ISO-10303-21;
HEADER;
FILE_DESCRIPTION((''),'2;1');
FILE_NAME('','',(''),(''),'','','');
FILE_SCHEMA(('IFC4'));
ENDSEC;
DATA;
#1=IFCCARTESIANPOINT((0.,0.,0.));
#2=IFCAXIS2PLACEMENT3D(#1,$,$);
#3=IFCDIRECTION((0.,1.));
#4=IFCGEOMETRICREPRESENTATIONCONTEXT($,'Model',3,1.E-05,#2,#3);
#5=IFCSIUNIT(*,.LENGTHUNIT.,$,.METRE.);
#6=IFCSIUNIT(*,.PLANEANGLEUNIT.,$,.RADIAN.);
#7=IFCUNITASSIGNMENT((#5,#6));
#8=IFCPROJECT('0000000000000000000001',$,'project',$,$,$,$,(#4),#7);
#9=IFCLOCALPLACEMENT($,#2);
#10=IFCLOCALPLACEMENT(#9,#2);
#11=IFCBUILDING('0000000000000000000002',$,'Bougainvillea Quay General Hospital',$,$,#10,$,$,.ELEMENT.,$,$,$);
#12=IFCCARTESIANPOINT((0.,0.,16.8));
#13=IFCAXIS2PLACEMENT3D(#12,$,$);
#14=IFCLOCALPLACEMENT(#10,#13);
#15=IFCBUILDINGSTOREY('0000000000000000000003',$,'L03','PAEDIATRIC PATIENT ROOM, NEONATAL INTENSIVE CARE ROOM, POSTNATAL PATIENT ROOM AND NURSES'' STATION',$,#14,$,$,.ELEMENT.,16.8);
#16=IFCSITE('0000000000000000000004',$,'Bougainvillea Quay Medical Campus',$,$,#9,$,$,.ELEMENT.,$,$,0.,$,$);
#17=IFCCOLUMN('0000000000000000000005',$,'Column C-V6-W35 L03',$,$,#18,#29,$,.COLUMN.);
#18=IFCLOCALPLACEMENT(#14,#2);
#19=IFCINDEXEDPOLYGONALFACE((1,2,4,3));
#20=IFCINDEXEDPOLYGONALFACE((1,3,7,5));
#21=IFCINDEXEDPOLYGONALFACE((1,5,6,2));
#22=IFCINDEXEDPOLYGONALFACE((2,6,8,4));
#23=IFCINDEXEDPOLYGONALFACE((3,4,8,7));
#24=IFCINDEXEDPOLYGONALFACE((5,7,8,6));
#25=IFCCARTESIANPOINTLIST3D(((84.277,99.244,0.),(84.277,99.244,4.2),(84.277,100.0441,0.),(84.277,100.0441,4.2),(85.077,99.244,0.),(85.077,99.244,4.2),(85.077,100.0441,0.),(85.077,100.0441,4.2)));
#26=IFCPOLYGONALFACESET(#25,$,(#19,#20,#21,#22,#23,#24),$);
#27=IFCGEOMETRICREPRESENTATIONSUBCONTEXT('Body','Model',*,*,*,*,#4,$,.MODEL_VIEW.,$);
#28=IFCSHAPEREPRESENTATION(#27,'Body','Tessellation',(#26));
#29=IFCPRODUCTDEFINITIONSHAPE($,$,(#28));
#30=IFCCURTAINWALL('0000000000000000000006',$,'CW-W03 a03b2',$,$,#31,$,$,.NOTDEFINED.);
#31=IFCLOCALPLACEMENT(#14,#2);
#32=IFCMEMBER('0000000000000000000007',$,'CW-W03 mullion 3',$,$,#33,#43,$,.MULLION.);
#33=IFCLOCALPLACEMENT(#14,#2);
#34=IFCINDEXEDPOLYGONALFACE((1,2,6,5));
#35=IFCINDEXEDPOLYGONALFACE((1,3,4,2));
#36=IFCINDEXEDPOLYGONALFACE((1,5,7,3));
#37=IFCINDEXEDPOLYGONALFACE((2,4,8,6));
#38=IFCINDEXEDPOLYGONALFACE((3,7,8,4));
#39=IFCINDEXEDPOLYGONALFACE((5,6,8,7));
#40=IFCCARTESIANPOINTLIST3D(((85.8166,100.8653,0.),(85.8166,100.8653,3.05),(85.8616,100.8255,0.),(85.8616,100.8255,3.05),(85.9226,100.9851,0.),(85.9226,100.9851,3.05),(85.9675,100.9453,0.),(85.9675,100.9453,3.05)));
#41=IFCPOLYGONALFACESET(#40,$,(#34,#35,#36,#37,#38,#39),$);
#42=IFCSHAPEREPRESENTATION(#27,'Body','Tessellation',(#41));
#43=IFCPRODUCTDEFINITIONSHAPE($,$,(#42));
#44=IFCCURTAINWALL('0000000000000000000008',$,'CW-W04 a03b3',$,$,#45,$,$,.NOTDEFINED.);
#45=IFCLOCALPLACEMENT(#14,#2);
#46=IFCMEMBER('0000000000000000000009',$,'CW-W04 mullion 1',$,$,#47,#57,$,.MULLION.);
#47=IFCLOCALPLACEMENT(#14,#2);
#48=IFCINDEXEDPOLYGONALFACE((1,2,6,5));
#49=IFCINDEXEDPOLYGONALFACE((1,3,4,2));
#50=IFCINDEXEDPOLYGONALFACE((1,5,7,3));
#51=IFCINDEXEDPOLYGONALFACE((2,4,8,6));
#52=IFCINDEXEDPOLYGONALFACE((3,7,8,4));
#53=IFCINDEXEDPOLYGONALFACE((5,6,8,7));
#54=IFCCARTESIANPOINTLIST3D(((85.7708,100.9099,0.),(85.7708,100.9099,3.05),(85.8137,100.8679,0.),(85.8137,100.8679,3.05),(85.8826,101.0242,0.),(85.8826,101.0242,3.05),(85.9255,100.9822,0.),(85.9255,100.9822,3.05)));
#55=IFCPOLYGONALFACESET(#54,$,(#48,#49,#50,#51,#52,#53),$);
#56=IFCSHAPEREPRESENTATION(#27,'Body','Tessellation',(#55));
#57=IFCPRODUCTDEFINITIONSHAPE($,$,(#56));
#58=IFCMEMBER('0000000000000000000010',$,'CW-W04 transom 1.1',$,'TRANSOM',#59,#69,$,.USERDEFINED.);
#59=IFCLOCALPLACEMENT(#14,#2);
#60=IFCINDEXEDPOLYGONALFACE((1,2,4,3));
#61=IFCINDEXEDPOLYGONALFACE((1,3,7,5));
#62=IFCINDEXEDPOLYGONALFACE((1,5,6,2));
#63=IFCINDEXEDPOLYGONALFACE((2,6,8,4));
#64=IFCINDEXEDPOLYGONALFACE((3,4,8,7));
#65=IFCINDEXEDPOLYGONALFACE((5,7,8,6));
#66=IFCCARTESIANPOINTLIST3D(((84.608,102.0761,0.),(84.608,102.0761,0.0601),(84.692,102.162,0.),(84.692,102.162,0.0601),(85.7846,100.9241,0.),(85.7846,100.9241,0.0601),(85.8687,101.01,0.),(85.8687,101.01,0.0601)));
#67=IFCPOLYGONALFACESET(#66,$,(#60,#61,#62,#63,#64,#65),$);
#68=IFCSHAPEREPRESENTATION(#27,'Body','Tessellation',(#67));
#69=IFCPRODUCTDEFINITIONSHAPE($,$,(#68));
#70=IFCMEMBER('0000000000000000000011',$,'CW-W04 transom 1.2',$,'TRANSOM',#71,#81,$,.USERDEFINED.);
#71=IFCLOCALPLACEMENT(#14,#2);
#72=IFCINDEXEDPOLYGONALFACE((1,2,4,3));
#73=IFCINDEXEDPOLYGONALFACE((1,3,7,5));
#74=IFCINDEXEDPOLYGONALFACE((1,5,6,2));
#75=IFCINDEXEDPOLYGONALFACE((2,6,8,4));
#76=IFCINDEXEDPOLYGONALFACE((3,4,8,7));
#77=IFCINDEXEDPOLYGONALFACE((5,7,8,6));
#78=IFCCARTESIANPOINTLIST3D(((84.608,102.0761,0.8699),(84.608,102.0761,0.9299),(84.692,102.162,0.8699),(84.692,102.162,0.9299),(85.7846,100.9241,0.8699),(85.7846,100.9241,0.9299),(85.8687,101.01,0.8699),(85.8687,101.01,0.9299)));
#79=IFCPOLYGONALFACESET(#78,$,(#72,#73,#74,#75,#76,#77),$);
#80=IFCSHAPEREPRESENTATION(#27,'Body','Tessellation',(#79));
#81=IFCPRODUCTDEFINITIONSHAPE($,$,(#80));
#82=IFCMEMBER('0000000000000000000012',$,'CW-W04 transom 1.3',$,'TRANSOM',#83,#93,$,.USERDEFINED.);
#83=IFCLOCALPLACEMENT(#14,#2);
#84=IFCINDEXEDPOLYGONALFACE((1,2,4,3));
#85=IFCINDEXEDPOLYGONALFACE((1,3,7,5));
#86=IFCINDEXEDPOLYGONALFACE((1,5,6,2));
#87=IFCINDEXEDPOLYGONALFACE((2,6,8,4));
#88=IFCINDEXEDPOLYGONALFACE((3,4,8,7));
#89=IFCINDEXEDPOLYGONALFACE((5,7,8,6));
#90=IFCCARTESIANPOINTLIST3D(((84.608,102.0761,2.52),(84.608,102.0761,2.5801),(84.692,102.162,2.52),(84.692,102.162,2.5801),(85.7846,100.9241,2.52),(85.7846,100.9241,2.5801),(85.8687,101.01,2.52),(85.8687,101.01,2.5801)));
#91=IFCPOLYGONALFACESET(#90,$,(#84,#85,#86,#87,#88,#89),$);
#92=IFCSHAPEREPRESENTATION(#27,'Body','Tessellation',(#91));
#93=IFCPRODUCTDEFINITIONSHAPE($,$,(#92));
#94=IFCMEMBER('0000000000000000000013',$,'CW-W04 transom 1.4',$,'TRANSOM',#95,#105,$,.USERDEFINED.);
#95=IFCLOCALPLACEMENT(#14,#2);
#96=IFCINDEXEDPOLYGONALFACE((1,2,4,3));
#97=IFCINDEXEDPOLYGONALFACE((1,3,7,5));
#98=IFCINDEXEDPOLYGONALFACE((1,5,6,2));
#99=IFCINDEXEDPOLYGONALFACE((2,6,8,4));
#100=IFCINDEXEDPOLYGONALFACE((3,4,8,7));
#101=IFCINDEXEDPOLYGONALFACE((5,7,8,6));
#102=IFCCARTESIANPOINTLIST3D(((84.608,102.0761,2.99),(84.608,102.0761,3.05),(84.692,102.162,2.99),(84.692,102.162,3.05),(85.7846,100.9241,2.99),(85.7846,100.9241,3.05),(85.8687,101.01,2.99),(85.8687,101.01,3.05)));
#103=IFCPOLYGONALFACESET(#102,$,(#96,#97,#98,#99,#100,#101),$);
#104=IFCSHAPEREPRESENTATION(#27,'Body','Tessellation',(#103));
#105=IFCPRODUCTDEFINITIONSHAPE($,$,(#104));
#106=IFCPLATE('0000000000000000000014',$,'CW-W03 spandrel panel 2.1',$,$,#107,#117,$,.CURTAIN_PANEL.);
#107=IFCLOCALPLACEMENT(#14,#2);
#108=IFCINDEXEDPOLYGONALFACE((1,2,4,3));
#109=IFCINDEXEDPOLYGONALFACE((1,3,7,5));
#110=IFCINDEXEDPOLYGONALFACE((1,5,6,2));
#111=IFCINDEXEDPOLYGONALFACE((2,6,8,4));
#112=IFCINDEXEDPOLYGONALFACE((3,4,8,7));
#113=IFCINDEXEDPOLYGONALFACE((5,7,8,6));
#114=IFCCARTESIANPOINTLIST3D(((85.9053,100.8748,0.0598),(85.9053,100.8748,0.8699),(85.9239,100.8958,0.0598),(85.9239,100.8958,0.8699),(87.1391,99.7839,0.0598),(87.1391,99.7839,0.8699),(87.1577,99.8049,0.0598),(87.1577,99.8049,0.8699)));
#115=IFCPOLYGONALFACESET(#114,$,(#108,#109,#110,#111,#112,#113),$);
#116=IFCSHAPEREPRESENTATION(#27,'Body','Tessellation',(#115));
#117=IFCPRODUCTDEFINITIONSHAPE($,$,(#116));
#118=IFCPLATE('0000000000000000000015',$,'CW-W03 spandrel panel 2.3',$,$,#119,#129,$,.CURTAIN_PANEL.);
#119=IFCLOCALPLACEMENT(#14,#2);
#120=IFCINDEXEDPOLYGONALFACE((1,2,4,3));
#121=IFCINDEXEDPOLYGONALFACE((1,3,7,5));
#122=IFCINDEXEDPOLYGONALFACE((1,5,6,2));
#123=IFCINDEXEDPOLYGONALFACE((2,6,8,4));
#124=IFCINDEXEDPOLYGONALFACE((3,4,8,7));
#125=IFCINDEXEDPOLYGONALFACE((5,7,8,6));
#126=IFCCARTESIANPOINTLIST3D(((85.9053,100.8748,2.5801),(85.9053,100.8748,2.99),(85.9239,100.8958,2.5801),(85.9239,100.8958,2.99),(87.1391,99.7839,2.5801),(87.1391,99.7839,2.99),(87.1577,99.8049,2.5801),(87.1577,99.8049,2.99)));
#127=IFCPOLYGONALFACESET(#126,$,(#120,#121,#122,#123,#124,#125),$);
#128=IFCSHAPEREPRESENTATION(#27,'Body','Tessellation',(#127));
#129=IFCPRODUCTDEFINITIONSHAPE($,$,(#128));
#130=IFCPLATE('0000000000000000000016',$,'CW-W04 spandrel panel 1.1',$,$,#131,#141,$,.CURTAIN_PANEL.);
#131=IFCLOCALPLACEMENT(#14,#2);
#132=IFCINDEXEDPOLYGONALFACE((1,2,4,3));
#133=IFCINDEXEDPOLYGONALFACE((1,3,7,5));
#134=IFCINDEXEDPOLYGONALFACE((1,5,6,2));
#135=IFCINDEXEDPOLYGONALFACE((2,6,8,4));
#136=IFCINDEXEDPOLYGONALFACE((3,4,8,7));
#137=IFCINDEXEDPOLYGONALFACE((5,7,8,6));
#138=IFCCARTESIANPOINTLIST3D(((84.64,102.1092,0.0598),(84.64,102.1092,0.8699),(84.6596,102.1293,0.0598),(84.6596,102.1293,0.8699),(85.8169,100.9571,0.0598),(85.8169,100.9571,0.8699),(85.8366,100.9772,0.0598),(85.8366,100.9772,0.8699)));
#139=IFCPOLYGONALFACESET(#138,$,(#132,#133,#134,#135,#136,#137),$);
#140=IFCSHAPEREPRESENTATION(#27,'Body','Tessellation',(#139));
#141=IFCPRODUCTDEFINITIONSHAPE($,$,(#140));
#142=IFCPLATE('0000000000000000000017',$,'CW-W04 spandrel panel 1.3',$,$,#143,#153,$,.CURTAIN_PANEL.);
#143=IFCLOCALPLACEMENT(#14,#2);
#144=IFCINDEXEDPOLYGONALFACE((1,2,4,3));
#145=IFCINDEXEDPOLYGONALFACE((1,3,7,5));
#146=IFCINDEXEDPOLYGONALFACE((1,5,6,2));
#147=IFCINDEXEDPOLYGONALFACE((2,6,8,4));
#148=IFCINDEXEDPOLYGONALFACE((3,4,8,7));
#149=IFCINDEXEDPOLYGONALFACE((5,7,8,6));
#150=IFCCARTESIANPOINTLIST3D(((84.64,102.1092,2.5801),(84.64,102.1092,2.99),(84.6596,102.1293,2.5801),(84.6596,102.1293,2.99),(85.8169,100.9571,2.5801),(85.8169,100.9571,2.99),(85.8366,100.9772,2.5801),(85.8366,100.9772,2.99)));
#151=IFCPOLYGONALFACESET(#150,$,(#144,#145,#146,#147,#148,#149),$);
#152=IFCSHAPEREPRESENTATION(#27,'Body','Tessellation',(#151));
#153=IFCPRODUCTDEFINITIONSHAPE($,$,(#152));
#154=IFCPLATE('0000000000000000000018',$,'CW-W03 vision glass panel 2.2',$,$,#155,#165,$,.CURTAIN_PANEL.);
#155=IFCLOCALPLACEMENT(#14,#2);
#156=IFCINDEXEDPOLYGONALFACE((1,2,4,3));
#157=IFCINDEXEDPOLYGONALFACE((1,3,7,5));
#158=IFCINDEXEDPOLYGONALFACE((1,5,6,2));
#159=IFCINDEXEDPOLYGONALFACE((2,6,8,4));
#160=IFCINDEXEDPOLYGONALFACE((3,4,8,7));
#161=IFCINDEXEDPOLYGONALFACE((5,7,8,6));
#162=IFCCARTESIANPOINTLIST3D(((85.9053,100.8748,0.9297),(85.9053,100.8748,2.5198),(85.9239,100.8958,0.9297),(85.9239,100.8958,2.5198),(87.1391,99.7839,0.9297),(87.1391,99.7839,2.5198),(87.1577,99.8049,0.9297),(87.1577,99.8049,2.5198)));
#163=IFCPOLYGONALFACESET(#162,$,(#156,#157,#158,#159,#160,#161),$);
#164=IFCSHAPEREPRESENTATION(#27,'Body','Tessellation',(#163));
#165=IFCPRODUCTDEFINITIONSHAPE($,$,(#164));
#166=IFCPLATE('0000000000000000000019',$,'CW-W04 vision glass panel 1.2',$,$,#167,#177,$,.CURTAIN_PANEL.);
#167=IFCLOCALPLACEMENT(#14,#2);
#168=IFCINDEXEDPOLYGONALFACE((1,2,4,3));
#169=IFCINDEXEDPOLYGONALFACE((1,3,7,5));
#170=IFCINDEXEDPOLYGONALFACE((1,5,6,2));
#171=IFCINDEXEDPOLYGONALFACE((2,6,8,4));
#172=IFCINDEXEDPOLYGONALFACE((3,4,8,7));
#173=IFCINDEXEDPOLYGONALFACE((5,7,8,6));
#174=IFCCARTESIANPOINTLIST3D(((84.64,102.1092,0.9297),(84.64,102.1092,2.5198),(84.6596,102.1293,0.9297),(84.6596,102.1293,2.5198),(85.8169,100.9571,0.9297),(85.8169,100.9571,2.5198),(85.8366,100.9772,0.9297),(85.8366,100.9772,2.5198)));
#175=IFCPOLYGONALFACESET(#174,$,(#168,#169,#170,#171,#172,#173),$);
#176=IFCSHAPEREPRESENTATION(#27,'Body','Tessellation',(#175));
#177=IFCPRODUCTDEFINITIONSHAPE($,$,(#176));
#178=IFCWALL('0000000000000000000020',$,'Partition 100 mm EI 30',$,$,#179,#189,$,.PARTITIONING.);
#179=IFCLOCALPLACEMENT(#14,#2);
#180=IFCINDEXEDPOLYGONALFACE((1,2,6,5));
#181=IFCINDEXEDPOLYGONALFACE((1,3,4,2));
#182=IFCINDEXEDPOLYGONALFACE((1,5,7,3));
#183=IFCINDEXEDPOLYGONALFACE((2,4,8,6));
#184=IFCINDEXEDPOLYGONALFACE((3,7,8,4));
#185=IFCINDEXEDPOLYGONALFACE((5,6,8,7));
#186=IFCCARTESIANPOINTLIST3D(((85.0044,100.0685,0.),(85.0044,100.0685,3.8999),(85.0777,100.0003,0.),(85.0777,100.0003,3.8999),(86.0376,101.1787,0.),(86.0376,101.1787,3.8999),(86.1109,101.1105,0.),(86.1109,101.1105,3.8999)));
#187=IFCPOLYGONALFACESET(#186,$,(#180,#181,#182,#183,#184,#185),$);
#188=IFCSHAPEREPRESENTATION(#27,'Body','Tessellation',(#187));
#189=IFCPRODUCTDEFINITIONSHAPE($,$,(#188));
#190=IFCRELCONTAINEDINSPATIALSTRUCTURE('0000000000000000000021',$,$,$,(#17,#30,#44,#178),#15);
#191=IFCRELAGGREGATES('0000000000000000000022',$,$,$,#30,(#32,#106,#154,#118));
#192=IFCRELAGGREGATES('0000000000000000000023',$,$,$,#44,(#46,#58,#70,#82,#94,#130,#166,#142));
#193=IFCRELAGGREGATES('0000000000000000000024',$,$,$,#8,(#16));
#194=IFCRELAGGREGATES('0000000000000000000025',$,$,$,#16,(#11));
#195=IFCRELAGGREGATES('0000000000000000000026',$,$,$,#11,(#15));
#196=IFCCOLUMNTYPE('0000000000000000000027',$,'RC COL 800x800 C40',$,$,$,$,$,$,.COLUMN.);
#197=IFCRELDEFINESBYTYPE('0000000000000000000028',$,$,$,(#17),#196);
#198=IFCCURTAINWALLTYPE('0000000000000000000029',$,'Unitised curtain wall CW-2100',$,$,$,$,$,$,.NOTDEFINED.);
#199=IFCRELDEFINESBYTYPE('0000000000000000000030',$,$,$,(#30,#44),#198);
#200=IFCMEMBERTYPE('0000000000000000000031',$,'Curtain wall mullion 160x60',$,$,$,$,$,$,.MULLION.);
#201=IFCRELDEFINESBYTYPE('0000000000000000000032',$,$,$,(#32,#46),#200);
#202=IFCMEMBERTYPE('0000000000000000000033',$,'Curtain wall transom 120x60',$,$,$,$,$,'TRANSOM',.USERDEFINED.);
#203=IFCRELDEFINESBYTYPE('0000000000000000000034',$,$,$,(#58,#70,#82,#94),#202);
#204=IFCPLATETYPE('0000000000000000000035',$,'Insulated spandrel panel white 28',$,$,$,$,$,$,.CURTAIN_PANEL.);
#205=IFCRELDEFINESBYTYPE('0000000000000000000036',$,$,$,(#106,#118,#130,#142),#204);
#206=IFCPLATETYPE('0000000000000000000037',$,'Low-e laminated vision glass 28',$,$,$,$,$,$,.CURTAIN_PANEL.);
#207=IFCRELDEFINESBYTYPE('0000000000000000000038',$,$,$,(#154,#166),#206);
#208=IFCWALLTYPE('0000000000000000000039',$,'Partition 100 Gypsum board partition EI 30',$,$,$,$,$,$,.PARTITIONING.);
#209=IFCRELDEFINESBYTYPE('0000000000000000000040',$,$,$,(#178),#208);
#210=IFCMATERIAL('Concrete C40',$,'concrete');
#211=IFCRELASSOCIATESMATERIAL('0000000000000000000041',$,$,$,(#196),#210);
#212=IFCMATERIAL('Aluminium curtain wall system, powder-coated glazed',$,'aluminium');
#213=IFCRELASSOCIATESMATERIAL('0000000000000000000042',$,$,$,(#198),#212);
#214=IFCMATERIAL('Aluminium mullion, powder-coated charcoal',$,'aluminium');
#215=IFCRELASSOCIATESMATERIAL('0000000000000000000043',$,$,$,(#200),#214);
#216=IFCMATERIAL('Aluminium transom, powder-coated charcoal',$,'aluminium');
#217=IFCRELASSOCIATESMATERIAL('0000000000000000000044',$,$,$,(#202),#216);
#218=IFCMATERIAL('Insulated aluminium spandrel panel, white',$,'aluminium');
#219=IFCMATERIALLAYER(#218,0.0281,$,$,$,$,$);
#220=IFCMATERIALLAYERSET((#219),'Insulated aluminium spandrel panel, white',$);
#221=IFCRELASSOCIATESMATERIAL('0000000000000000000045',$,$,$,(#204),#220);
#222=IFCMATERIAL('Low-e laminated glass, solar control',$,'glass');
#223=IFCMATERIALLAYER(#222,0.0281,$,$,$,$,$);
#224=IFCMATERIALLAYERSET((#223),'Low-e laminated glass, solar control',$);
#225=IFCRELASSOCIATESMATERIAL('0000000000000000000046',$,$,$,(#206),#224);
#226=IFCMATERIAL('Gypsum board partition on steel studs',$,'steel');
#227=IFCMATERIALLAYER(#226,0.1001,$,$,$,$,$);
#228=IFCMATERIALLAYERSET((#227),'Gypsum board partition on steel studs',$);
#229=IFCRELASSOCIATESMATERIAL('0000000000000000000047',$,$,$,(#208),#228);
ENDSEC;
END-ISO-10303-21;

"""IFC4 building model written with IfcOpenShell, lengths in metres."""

from ifc_helpers import new_model, si_unit, direction, frame, frame_2d, origin, origin_2d, place, context, subcontext, project, spatial, rectangle, extrude, material, layer, layer_set, material_profile, profile_set, type_object, element, aggregate, save


model = new_model("IFC4")

# Units and contexts
model_context = context("Model", 3, precision=1e-05, world=origin(), true_north=direction((0.0, 1.0)))
body_context = subcontext(model_context, "Body", "Model", "MODEL_VIEW")
ifc_project = project(units=[si_unit("LENGTHUNIT", "METRE"), si_unit("PLANEANGLEUNIT", "RADIAN")], contexts=[model_context])

# Site, building, storey
site_placement = place(None, origin())
site = spatial("IfcSite", under=ifc_project, at=site_placement, Name="Bougainvillea Quay Medical Campus", CompositionType="ELEMENT", RefElevation=0.0)
building_placement = place(site_placement, origin())
building = spatial("IfcBuilding", under=site, at=building_placement, Name="Bougainvillea Quay General Hospital", CompositionType="ELEMENT")
storey_placement = place(building_placement, frame((0.0, 0.0, 16.8)))
storey = spatial("IfcBuildingStorey", under=building, at=storey_placement, Name="L03", Description="PAEDIATRIC PATIENT ROOM, NEONATAL INTENSIVE CARE ROOM, POSTNATAL PATIENT ROOM AND NURSES' STATION", CompositionType="ELEMENT", Elevation=16.8)

# Column
ifc_material_1 = material(Name="Concrete C40", Category="concrete")
ifc_material_profile_1 = material_profile(ifc_material_1, rectangle(XDim=0.8, YDim=0.8, at=origin_2d()))
ifc_profile_set_1 = profile_set([ifc_material_profile_1], Name="Concrete C40")
column_type = type_object("IfcColumnType", Name="RC COL 800x800 C40", PredefinedType="COLUMN", material=ifc_profile_set_1)
column_placement = place(storey_placement, frame((84.677, 99.644, 0.0), z_axis=(0.0, 0.0, 1.0), x_axis=(1.0, 0.0, 0.0)))
element("IfcColumn", 1, at=column_placement, inside=storey, type_object=column_type, Name="Column C-V6-W35 L03", PredefinedType="COLUMN", context=body_context, shape_type="SweptSolid", body=[
    extrude(rectangle(XDim=0.8, YDim=0.8, at=origin_2d()), origin(), (0.0, 0.0, 1.0), 4.2),
])

# Curtain wall, member
ifc_material_2 = material(Name="Aluminium curtain wall system, powder-coated glazed", Category="aluminium")
curtain_wall_type = type_object("IfcCurtainWallType", Name="Unitised curtain wall CW-2100", PredefinedType="NOTDEFINED", material=ifc_material_2)
curtain_wall_1_placement = place(storey_placement, origin())
curtain_wall_1 = element("IfcCurtainWall", 2, at=curtain_wall_1_placement, inside=storey, type_object=curtain_wall_type, Name="CW-W03 a03b2", PredefinedType="NOTDEFINED")
ifc_material_3 = material(Name="Aluminium mullion, powder-coated charcoal", Category="aluminium")
ifc_material_profile_2 = material_profile(ifc_material_3, rectangle(XDim=0.1599, YDim=0.0601, at=origin_2d()))
ifc_profile_set_2 = profile_set([ifc_material_profile_2], Name="Aluminium mullion, powder-coated charcoal")
member_type_1 = type_object("IfcMemberType", Name="Curtain wall mullion 160x60", PredefinedType="MULLION", material=ifc_profile_set_2)
member_1_placement = place(storey_placement, frame((85.8921, 100.9053, 0.0), z_axis=(0.0, 0.0, 1.0), x_axis=(-0.662398, -0.749152, 0.0)))
member_1 = element("IfcMember", 3, at=member_1_placement, type_object=member_type_1, Name="CW-W03 mullion 3", PredefinedType="MULLION", context=body_context, shape_type="SweptSolid", body=[
    extrude(rectangle(XDim=0.1599, YDim=0.0601, at=origin_2d()), origin(), (0.0, 0.0, 1.0), 3.05),
])

# Curtain wall, members
curtain_wall_2_placement = place(storey_placement, origin())
curtain_wall_2 = element("IfcCurtainWall", 4, at=curtain_wall_2_placement, inside=storey, type_object=curtain_wall_type, Name="CW-W04 a03b3", PredefinedType="NOTDEFINED")
member_2_placement = place(storey_placement, frame((85.8481, 100.946, 0.0), z_axis=(0.0, 0.0, 1.0), x_axis=(-0.699526, -0.714607, 0.0)))
member_2 = element("IfcMember", 5, at=member_2_placement, type_object=member_type_1, Name="CW-W04 mullion 1", PredefinedType="MULLION", context=body_context, shape_type="SweptSolid", body=[
    extrude(rectangle(XDim=0.1599, YDim=0.0601, at=origin_2d()), origin(), (0.0, 0.0, 1.0), 3.05),
])
ifc_material_4 = material(Name="Aluminium transom, powder-coated charcoal", Category="aluminium")
ifc_material_profile_3 = material_profile(ifc_material_4, rectangle(XDim=0.1201, YDim=0.0601, at=origin_2d()))
ifc_profile_set_3 = profile_set([ifc_material_profile_3], Name="Aluminium transom, powder-coated charcoal")
member_type_2 = type_object("IfcMemberType", Name="Curtain wall transom 120x60", ElementType="TRANSOM", PredefinedType="USERDEFINED", material=ifc_profile_set_3)
member_3_placement = place(storey_placement, frame((85.8267, 100.967, 0.03), z_axis=(-0.714554, 0.699581, 0.0), x_axis=(-0.699581, -0.714554, 0.0)))
member_3 = element("IfcMember", 6, at=member_3_placement, type_object=member_type_2, Name="CW-W04 transom 1.1", ObjectType="TRANSOM", PredefinedType="USERDEFINED", context=body_context, shape_type="SweptSolid", body=[
    extrude(rectangle(XDim=0.1201, YDim=0.0601, at=origin_2d()), origin(), (0.0, 0.0, 1.0), 1.6467),
])
member_4_placement = place(storey_placement, frame((85.8267, 100.967, 0.8999), z_axis=(-0.714554, 0.699581, 0.0), x_axis=(-0.699581, -0.714554, 0.0)))
member_4 = element("IfcMember", 7, at=member_4_placement, type_object=member_type_2, Name="CW-W04 transom 1.2", ObjectType="TRANSOM", PredefinedType="USERDEFINED", context=body_context, shape_type="SweptSolid", body=[
    extrude(rectangle(XDim=0.1201, YDim=0.0601, at=origin_2d()), origin(), (0.0, 0.0, 1.0), 1.6467),
])
member_5_placement = place(storey_placement, frame((85.8267, 100.967, 2.55), z_axis=(-0.714554, 0.699581, 0.0), x_axis=(-0.699581, -0.714554, 0.0)))
member_5 = element("IfcMember", 8, at=member_5_placement, type_object=member_type_2, Name="CW-W04 transom 1.3", ObjectType="TRANSOM", PredefinedType="USERDEFINED", context=body_context, shape_type="SweptSolid", body=[
    extrude(rectangle(XDim=0.1201, YDim=0.0601, at=origin_2d()), origin(), (0.0, 0.0, 1.0), 1.6467),
])
member_6_placement = place(storey_placement, frame((85.8267, 100.967, 3.02), z_axis=(-0.714554, 0.699581, 0.0), x_axis=(-0.699581, -0.714554, 0.0)))
member_6 = element("IfcMember", 9, at=member_6_placement, type_object=member_type_2, Name="CW-W04 transom 1.4", ObjectType="TRANSOM", PredefinedType="USERDEFINED", context=body_context, shape_type="SweptSolid", body=[
    extrude(rectangle(XDim=0.1201, YDim=0.0601, at=origin_2d()), origin(), (0.0, 0.0, 1.0), 1.6467),
])

# Plates
ifc_material_5 = material(Name="Insulated aluminium spandrel panel, white", Category="aluminium")
ifc_layer_1 = layer(ifc_material_5, 0.0281)
ifc_layer_set_1 = layer_set([ifc_layer_1], Name="Insulated aluminium spandrel panel, white")
plate_type_1 = type_object("IfcPlateType", Name="Insulated spandrel panel white 28", PredefinedType="CURTAIN_PANEL", material=ifc_layer_set_1)
plate_1_placement = place(storey_placement, frame((86.5315, 100.3398, 0.0598), z_axis=(0.0, 0.0, 1.0), x_axis=(-0.749152, 0.662398, 0.0)))
plate_1 = element("IfcPlate", 10, at=plate_1_placement, type_object=plate_type_1, Name="CW-W03 spandrel panel 2.1", PredefinedType="CURTAIN_PANEL", context=body_context, shape_type="SweptSolid", body=[
    extrude(rectangle(XDim=1.647, YDim=0.0281, at=origin_2d()), origin(), (0.0, 0.0, 1.0), 0.8101),
])
plate_2_placement = place(storey_placement, frame((86.5315, 100.3398, 2.5801), z_axis=(0.0, 0.0, 1.0), x_axis=(-0.749152, 0.662398, 0.0)))
plate_2 = element("IfcPlate", 11, at=plate_2_placement, type_object=plate_type_1, Name="CW-W03 spandrel panel 2.3", PredefinedType="CURTAIN_PANEL", context=body_context, shape_type="SweptSolid", body=[
    extrude(rectangle(XDim=1.647, YDim=0.0281, at=origin_2d()), origin(), (0.0, 0.0, 1.0), 0.4099),
])
plate_3_placement = place(storey_placement, frame((85.2383, 101.5432, 0.0598), z_axis=(0.0, 0.0, 1.0), x_axis=(-0.714607, 0.699526, 0.0)))
plate_3 = element("IfcPlate", 12, at=plate_3_placement, type_object=plate_type_1, Name="CW-W04 spandrel panel 1.1", PredefinedType="CURTAIN_PANEL", context=body_context, shape_type="SweptSolid", body=[
    extrude(rectangle(XDim=1.647, YDim=0.0281, at=origin_2d()), origin(), (0.0, 0.0, 1.0), 0.8101),
])
plate_4_placement = place(storey_placement, frame((85.2383, 101.5432, 2.5801), z_axis=(0.0, 0.0, 1.0), x_axis=(-0.714607, 0.699526, 0.0)))
plate_4 = element("IfcPlate", 13, at=plate_4_placement, type_object=plate_type_1, Name="CW-W04 spandrel panel 1.3", PredefinedType="CURTAIN_PANEL", context=body_context, shape_type="SweptSolid", body=[
    extrude(rectangle(XDim=1.647, YDim=0.0281, at=origin_2d()), origin(), (0.0, 0.0, 1.0), 0.4099),
])
ifc_material_6 = material(Name="Low-e laminated glass, solar control", Category="glass")
ifc_layer_2 = layer(ifc_material_6, 0.0281)
ifc_layer_set_2 = layer_set([ifc_layer_2], Name="Low-e laminated glass, solar control")
plate_type_2 = type_object("IfcPlateType", Name="Low-e laminated vision glass 28", PredefinedType="CURTAIN_PANEL", material=ifc_layer_set_2)
plate_5_placement = place(storey_placement, frame((86.5315, 100.3398, 0.9297), z_axis=(0.0, 0.0, 1.0), x_axis=(-0.749152, 0.662398, 0.0)))
plate_5 = element("IfcPlate", 14, at=plate_5_placement, type_object=plate_type_2, Name="CW-W03 vision glass panel 2.2", PredefinedType="CURTAIN_PANEL", context=body_context, shape_type="SweptSolid", body=[
    extrude(rectangle(XDim=1.647, YDim=0.0281, at=origin_2d()), origin(), (0.0, 0.0, 1.0), 1.5901),
])
aggregate(curtain_wall_1, [member_1, plate_1, plate_5, plate_2])
plate_6_placement = place(storey_placement, frame((85.2383, 101.5432, 0.9297), z_axis=(0.0, 0.0, 1.0), x_axis=(-0.714607, 0.699526, 0.0)))
plate_6 = element("IfcPlate", 15, at=plate_6_placement, type_object=plate_type_2, Name="CW-W04 vision glass panel 1.2", PredefinedType="CURTAIN_PANEL", context=body_context, shape_type="SweptSolid", body=[
    extrude(rectangle(XDim=1.647, YDim=0.0281, at=origin_2d()), origin(), (0.0, 0.0, 1.0), 1.5901),
])
aggregate(curtain_wall_2, [member_2, member_3, member_4, member_5, member_6, plate_3, plate_6, plate_4])

# Wall
ifc_material_7 = material(Name="Gypsum board partition on steel studs", Category="steel")
ifc_layer_3 = layer(ifc_material_7, 0.1001)
ifc_layer_set_3 = layer_set([ifc_layer_3], Name="Gypsum board partition on steel studs")
wall_type = type_object("IfcWallType", Name="Partition 100 Gypsum board partition EI 30", PredefinedType="PARTITIONING", material=ifc_layer_set_3)
wall_1_placement = place(storey_placement, frame((85.041, 100.0344, 0.0), z_axis=(0.0, 0.0, 1.0), x_axis=(0.681297, 0.732007, 0.0)))
element("IfcWall", 16, at=wall_1_placement, inside=storey, type_object=wall_type, Name="Partition 100 mm EI 30", PredefinedType="PARTITIONING", context=body_context, shape_type="SweptSolid", body=[
    extrude(rectangle(XDim=1.5166, YDim=0.1001, at=frame_2d((0.7583, 0.0))), origin(), (0.0, 0.0, 1.0), 3.8999),
])

save(model, "model.ifc")
